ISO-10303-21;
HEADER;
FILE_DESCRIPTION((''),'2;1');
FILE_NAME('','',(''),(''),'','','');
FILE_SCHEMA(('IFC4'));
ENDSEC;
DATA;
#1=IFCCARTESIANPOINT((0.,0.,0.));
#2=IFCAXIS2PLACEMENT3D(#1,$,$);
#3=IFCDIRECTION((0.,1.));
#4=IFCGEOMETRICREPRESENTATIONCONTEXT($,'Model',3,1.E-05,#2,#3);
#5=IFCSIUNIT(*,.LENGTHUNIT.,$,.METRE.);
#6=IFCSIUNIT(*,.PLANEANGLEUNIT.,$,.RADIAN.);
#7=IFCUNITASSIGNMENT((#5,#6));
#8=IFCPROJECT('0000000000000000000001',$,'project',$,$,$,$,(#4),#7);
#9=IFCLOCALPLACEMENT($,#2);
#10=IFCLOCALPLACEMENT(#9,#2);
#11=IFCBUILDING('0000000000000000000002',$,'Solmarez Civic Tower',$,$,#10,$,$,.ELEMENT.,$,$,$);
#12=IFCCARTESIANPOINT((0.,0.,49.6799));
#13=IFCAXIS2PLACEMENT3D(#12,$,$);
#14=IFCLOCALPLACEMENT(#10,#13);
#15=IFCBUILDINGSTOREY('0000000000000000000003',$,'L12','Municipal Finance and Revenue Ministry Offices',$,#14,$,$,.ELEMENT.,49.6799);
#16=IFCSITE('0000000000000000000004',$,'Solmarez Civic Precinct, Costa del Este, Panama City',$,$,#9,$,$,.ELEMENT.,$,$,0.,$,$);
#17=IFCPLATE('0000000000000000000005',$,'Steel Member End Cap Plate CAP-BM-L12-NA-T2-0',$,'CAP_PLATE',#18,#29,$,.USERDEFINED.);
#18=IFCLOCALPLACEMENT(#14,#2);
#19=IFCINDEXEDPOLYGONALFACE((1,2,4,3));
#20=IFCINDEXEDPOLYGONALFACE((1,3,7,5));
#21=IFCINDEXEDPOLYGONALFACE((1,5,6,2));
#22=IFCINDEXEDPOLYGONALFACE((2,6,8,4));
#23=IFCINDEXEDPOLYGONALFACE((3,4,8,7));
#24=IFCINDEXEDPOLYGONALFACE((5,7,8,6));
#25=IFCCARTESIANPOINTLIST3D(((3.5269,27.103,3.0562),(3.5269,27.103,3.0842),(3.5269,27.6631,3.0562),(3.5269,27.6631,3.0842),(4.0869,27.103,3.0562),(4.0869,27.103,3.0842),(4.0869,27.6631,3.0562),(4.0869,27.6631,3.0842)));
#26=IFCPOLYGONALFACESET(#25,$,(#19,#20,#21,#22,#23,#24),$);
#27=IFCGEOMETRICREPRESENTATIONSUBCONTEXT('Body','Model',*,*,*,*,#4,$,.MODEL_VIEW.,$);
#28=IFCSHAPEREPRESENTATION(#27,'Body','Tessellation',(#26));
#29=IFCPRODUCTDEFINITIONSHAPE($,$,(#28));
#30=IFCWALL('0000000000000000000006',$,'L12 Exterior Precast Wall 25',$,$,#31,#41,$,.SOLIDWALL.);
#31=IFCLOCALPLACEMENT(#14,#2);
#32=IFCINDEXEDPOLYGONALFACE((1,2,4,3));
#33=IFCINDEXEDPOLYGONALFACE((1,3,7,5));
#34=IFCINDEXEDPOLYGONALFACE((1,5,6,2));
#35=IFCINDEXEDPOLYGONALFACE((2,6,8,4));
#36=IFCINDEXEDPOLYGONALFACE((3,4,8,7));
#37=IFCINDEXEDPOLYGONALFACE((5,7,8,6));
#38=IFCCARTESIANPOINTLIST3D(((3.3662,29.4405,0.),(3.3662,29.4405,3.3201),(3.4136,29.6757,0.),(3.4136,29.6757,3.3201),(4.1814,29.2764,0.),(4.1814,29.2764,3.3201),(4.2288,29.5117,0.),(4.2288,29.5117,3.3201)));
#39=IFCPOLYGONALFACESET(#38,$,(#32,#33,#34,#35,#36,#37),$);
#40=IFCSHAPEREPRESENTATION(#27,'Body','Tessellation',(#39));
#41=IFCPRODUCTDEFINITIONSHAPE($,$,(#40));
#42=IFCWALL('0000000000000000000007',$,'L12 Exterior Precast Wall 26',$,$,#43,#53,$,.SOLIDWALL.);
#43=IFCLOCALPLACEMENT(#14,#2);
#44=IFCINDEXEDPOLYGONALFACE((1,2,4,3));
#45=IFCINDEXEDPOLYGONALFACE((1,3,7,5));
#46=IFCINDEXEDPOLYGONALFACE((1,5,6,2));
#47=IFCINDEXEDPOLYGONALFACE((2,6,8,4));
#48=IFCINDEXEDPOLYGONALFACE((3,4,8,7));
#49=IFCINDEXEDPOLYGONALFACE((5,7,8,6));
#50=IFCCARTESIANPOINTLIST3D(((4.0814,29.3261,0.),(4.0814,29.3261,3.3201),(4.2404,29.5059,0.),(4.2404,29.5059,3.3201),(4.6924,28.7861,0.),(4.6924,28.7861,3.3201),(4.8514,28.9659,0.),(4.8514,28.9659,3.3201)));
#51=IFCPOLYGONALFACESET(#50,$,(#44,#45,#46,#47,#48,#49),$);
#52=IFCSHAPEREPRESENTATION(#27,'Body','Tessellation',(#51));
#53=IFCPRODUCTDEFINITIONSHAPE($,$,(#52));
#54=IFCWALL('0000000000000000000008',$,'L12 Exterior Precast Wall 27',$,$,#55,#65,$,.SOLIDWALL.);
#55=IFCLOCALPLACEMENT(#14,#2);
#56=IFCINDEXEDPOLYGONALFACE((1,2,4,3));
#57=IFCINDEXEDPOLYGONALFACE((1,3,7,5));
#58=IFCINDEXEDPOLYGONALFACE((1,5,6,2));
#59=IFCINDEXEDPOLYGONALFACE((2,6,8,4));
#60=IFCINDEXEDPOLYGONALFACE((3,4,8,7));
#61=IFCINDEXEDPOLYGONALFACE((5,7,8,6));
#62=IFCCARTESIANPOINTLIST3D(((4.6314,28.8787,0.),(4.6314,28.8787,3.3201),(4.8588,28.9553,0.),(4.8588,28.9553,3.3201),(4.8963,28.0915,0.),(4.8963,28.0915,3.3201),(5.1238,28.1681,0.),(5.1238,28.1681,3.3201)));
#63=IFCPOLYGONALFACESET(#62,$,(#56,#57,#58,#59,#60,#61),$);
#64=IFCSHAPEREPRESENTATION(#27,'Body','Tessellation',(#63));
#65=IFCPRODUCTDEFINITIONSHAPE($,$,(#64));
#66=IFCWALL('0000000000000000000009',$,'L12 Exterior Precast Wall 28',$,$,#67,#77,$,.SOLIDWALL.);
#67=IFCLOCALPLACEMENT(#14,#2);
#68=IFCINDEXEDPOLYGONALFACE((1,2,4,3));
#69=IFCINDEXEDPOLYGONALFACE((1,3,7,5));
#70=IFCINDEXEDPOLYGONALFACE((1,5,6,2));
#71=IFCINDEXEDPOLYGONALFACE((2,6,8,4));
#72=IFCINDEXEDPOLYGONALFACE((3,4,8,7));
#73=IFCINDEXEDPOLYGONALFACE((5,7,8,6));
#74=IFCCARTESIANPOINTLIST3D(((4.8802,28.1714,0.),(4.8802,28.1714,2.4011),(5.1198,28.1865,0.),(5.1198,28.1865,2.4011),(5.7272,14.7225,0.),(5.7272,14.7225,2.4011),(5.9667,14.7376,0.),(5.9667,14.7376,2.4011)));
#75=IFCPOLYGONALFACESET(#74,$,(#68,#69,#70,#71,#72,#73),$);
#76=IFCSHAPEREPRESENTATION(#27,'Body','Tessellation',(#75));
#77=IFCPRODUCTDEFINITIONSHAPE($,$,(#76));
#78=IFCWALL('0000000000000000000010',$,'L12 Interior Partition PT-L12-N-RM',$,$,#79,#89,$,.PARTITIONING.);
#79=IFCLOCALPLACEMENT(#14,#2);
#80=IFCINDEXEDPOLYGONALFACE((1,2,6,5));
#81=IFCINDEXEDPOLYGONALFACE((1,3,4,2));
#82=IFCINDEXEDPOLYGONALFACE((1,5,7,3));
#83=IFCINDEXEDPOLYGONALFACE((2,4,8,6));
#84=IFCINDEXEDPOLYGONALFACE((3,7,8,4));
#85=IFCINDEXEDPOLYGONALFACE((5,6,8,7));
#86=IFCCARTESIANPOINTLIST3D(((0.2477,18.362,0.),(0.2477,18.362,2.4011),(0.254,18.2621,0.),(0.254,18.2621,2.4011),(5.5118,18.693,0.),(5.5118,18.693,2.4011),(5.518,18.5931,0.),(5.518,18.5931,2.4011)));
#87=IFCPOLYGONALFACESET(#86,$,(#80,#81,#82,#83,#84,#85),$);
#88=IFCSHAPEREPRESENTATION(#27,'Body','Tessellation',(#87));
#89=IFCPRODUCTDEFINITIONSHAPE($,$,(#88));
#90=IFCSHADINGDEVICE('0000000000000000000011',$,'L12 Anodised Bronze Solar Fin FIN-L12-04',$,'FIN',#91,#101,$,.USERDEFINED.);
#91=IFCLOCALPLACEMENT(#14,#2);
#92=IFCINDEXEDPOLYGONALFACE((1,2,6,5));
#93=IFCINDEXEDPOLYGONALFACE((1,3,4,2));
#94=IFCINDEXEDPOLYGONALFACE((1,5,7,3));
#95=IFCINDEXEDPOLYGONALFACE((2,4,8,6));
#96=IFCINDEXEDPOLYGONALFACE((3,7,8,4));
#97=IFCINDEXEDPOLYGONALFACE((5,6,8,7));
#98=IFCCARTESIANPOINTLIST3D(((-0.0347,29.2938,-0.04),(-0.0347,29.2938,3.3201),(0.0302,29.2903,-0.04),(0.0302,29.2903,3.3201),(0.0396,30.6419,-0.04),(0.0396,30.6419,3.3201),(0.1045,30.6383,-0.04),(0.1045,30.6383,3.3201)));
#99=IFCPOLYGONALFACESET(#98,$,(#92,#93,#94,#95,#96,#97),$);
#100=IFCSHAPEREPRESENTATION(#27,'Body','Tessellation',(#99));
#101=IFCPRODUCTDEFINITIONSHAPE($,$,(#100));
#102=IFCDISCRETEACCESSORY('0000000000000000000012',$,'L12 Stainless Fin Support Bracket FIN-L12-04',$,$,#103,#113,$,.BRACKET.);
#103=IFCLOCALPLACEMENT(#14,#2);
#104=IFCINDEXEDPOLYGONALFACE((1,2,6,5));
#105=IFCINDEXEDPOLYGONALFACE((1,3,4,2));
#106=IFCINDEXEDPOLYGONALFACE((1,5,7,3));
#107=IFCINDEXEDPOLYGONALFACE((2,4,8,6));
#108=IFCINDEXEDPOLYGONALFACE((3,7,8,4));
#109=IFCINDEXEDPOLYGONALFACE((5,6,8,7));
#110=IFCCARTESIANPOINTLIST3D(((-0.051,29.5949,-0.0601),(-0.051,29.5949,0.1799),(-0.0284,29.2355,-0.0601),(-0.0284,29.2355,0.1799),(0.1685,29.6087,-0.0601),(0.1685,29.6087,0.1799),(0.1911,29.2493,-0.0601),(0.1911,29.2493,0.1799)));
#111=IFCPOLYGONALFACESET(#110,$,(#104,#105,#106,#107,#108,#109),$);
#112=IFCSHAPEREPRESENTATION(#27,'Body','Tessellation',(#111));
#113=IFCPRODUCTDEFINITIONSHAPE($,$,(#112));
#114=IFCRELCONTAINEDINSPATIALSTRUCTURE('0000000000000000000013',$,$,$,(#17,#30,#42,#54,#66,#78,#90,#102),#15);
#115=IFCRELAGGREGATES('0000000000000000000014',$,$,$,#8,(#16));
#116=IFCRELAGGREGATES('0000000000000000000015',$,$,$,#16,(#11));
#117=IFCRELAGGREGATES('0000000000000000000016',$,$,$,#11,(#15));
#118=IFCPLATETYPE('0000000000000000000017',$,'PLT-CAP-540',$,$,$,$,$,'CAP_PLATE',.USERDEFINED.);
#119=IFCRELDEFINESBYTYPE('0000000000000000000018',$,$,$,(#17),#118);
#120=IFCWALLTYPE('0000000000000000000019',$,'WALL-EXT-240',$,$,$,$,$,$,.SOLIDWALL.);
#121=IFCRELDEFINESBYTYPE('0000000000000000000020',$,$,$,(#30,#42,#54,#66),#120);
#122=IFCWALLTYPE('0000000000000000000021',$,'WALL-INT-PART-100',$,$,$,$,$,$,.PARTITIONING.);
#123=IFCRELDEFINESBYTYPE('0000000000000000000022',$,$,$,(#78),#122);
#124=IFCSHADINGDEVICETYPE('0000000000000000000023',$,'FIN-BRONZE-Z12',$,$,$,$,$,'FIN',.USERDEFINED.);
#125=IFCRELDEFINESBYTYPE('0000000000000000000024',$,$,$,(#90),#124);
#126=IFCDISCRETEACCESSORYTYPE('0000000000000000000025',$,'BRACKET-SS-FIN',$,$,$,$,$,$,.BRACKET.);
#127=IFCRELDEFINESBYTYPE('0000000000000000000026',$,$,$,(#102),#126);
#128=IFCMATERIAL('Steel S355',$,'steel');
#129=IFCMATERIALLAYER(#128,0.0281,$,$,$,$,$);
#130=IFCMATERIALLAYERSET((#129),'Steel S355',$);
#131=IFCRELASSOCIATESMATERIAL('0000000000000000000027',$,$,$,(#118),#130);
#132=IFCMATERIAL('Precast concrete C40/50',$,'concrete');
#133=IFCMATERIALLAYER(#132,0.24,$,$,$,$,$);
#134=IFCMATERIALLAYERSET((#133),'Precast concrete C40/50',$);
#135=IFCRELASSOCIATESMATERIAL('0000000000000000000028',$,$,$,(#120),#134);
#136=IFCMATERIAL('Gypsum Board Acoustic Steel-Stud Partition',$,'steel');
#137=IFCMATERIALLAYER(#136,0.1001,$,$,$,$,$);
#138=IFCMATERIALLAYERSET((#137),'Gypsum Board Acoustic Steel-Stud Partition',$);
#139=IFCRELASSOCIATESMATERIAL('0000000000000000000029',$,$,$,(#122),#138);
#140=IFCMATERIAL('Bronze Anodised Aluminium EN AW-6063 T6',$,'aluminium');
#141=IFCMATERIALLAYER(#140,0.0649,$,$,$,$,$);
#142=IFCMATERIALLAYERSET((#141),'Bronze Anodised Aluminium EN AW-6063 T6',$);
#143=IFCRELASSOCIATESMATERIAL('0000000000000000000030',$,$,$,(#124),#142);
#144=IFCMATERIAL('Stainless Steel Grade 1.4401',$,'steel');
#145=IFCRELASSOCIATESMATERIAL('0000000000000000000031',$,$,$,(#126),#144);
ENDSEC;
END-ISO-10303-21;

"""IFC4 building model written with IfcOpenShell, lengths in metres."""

from ifc_helpers import new_model, si_unit, direction, frame, frame_2d, origin, origin_2d, place, context, subcontext, project, spatial, rectangle, extrude, material, layer, layer_set, type_object, element, save


model = new_model("IFC4")

# Units and contexts
model_context = context("Model", 3, precision=1e-05, world=origin(), true_north=direction((0.0, 1.0)))
body_context = subcontext(model_context, "Body", "Model", "MODEL_VIEW")
ifc_project = project(units=[si_unit("LENGTHUNIT", "METRE"), si_unit("PLANEANGLEUNIT", "RADIAN")], contexts=[model_context])

# Site, building, storey
site_placement = place(None, origin())
site = spatial("IfcSite", under=ifc_project, at=site_placement, Name="Solmarez Civic Precinct, Costa del Este, Panama City", CompositionType="ELEMENT", RefElevation=0.0)
building_placement = place(site_placement, origin())
building = spatial("IfcBuilding", under=site, at=building_placement, Name="Solmarez Civic Tower", CompositionType="ELEMENT")
storey_placement = place(building_placement, frame((0.0, 0.0, 49.6799)))
storey = spatial("IfcBuildingStorey", under=building, at=storey_placement, Name="L12", Description="Municipal Finance and Revenue Ministry Offices", CompositionType="ELEMENT", Elevation=49.6799)

# Shared definitions
ifc_material_1 = material(Name="Steel S355", Category="steel")

# Plate
ifc_layer_1 = layer(ifc_material_1, 0.0281)
ifc_layer_set_1 = layer_set([ifc_layer_1], Name="Steel S355")
plate_type_1 = type_object("IfcPlateType", Name="PLT-CAP-540", ElementType="CAP_PLATE", PredefinedType="USERDEFINED", material=ifc_layer_set_1)
plate_placement = place(storey_placement, frame((3.8069, 27.3831, 3.0562), z_axis=(0.0, 0.0, 1.0), x_axis=(1.0, 0.0, 0.0)))
element("IfcPlate", 1, at=plate_placement, inside=storey, type_object=plate_type_1, Name="Steel Member End Cap Plate CAP-BM-L12-NA-T2-0", ObjectType="CAP_PLATE", PredefinedType="USERDEFINED", context=body_context, shape_type="SweptSolid", body=[
    extrude(rectangle(XDim=0.5601, YDim=0.5601, at=origin_2d()), origin(), (0.0, 0.0, 1.0), 0.0281),
])

# Walls
ifc_material_2 = material(Name="Precast concrete C40/50", Category="concrete")
ifc_layer_2 = layer(ifc_material_2, 0.24)
ifc_layer_set_2 = layer_set([ifc_layer_2], Name="Precast concrete C40/50")
wall_type_1 = type_object("IfcWallType", Name="WALL-EXT-240", PredefinedType="SOLIDWALL", material=ifc_layer_set_2)
wall_1_placement = place(storey_placement, frame((3.3899, 29.5581, 0.0), z_axis=(0.0, 0.0, 1.0), x_axis=(0.980343, -0.197302, 0.0)))
element("IfcWall", 2, at=wall_1_placement, inside=storey, type_object=wall_type_1, Name="L12 Exterior Precast Wall 25", PredefinedType="SOLIDWALL", context=body_context, shape_type="SweptSolid", body=[
    extrude(rectangle(XDim=0.8315, YDim=0.24, at=frame_2d((0.4158, 0.0))), origin(), (0.0, 0.0, 1.0), 3.3201),
])
wall_2_placement = place(storey_placement, frame((4.1609, 29.416, 0.0), z_axis=(0.0, 0.0, 1.0), x_axis=(0.749322, -0.662206, 0.0)))
element("IfcWall", 3, at=wall_2_placement, inside=storey, type_object=wall_type_1, Name="L12 Exterior Precast Wall 26", PredefinedType="SOLIDWALL", context=body_context, shape_type="SweptSolid", body=[
    extrude(rectangle(XDim=0.8154, YDim=0.24, at=frame_2d((0.4077, 0.0))), origin(), (0.0, 0.0, 1.0), 3.3201),
])
wall_3_placement = place(storey_placement, frame((4.7451, 28.917, 0.0), z_axis=(0.0, 0.0, 1.0), x_axis=(0.31896, -0.947768, 0.0)))
element("IfcWall", 4, at=wall_3_placement, inside=storey, type_object=wall_type_1, Name="L12 Exterior Precast Wall 27", PredefinedType="SOLIDWALL", context=body_context, shape_type="SweptSolid", body=[
    extrude(rectangle(XDim=0.8306, YDim=0.24, at=frame_2d((0.4153, 0.0))), origin(), (0.0, 0.0, 1.0), 3.3201),
])
wall_4_placement = place(storey_placement, frame((5.0, 28.179, 0.0), z_axis=(0.0, 0.0, 1.0), x_axis=(0.062849, -0.998023, 0.0)))
element("IfcWall", 5, at=wall_4_placement, inside=storey, type_object=wall_type_1, Name="L12 Exterior Precast Wall 28", PredefinedType="SOLIDWALL", context=body_context, shape_type="SweptSolid", body=[
    extrude(rectangle(XDim=13.4756, YDim=0.24, at=frame_2d((6.7378, 0.0))), origin(), (0.0, 0.0, 1.0), 2.4011),
])
ifc_material_3 = material(Name="Gypsum Board Acoustic Steel-Stud Partition", Category="steel")
ifc_layer_3 = layer(ifc_material_3, 0.1001)
ifc_layer_set_3 = layer_set([ifc_layer_3], Name="Gypsum Board Acoustic Steel-Stud Partition")
wall_type_2 = type_object("IfcWallType", Name="WALL-INT-PART-100", PredefinedType="PARTITIONING", material=ifc_layer_set_3)
wall_5_placement = place(storey_placement, frame((5.5149, 18.6431, 0.0), z_axis=(0.0, 0.0, 1.0), x_axis=(-0.998028, -0.062767, 0.0)))
element("IfcWall", 6, at=wall_5_placement, inside=storey, type_object=wall_type_2, Name="L12 Interior Partition PT-L12-N-RM", PredefinedType="PARTITIONING", context=body_context, shape_type="SweptSolid", body=[
    extrude(rectangle(XDim=5.2744, YDim=0.1001, at=frame_2d((2.6372, 0.0))), origin(), (0.0, 0.0, 1.0), 2.4011),
])

# Shading device
ifc_material_4 = material(Name="Bronze Anodised Aluminium EN AW-6063 T6", Category="aluminium")
ifc_layer_4 = layer(ifc_material_4, 0.0649)
ifc_layer_set_4 = layer_set([ifc_layer_4], Name="Bronze Anodised Aluminium EN AW-6063 T6")
shading_device_type = type_object("IfcShadingDeviceType", Name="FIN-BRONZE-Z12", ElementType="FIN", PredefinedType="USERDEFINED", material=ifc_layer_set_4)
shading_device_placement = place(storey_placement, frame((0.0349, 29.9661, -0.04), z_axis=(0.0, 0.0, 1.0), x_axis=(0.05502, 0.998485, 0.0)))
element("IfcShadingDevice", 7, at=shading_device_placement, inside=storey, type_object=shading_device_type, Name="L12 Anodised Bronze Solar Fin FIN-L12-04", ObjectType="FIN", PredefinedType="USERDEFINED", context=body_context, shape_type="SweptSolid", body=[
    extrude(rectangle(XDim=1.3501, YDim=0.0649, at=origin_2d()), origin(), (0.0, 0.0, 1.0), 3.3601),
])

# Discrete accessory
ifc_material_5 = material(Name="Stainless Steel Grade 1.4401", Category="steel")
discrete_accessory_type = type_object("IfcDiscreteAccessoryType", Name="BRACKET-SS-FIN", PredefinedType="BRACKET", material=ifc_material_5)
discrete_accessory_placement = place(storey_placement, frame((0.0701, 29.4221, -0.0601), z_axis=(0.0, 0.0, 1.0), x_axis=(-0.0628, 0.998026, 0.0)))
element("IfcDiscreteAccessory", 8, at=discrete_accessory_placement, inside=storey, type_object=discrete_accessory_type, Name="L12 Stainless Fin Support Bracket FIN-L12-04", PredefinedType="BRACKET", context=body_context, shape_type="SweptSolid", body=[
    extrude(rectangle(XDim=0.3601, YDim=0.22, at=origin_2d()), origin(), (0.0, 0.0, 1.0), 0.24),
])

save(model, "model.ifc")
